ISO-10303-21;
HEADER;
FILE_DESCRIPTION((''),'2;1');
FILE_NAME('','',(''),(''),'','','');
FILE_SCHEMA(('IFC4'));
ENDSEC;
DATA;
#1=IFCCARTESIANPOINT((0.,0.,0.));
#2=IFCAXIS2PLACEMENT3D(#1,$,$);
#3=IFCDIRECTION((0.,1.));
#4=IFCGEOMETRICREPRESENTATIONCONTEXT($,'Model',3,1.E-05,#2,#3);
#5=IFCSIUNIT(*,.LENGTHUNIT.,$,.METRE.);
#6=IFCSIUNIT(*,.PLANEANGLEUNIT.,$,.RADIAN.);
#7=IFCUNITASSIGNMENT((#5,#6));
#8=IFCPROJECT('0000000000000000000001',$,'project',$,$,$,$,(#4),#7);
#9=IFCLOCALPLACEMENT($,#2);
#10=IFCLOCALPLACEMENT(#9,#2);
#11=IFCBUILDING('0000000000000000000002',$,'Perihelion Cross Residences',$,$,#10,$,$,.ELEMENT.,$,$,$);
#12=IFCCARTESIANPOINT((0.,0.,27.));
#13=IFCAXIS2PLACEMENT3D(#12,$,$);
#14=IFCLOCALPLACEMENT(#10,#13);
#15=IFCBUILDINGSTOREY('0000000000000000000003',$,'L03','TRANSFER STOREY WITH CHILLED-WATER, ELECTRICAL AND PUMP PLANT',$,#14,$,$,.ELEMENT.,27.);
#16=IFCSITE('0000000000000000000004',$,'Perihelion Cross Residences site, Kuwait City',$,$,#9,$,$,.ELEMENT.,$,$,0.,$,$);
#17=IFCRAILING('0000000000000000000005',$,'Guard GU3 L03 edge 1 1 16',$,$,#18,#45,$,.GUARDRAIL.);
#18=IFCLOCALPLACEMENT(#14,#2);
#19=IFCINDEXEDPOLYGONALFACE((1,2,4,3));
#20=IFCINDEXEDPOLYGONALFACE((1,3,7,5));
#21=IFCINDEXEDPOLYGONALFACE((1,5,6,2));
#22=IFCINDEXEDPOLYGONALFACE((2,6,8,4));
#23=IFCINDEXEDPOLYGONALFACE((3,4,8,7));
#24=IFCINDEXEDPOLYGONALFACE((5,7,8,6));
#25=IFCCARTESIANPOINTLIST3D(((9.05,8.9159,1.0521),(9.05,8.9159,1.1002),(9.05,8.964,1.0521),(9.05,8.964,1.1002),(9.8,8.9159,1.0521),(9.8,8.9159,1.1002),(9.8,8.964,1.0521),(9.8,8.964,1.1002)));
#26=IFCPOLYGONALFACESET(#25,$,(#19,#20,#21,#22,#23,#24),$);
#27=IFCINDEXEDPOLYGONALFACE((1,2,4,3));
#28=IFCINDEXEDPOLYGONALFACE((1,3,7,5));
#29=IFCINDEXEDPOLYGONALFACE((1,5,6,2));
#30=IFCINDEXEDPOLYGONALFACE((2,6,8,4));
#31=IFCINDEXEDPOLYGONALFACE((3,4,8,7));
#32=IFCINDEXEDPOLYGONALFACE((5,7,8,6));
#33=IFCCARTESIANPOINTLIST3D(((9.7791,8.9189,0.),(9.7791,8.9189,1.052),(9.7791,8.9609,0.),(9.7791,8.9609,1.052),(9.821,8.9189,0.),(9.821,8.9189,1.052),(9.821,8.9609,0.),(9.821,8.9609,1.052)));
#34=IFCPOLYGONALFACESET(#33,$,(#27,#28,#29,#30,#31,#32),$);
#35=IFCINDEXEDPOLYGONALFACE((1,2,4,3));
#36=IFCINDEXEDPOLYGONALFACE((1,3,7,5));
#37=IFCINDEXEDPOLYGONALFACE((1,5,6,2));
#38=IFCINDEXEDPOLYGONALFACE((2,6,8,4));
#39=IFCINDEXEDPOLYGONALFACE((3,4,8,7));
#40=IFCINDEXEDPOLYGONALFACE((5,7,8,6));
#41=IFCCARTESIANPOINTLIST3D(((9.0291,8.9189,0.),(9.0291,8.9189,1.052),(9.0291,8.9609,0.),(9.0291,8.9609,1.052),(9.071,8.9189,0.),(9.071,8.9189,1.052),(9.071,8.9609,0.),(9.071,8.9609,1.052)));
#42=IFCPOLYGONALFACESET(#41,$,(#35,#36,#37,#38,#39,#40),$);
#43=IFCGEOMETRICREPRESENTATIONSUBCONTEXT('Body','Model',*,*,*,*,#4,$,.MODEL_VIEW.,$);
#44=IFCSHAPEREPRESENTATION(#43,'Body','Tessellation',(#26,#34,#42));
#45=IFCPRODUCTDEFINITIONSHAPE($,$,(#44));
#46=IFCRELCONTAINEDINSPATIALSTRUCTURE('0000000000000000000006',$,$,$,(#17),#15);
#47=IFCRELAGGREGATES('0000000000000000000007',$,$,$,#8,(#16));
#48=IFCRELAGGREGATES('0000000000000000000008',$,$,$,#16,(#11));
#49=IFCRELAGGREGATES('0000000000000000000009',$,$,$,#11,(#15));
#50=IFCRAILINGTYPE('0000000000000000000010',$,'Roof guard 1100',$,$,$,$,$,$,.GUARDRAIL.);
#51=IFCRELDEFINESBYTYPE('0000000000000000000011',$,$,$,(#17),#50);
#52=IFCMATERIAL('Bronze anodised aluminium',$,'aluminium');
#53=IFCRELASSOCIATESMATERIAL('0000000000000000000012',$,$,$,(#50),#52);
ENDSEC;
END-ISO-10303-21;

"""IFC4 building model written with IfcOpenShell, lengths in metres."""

from ifc_helpers import new_model, si_unit, direction, frame, origin, origin_2d, place, context, subcontext, project, spatial, rectangle, extrude, material, type_object, element, save


model = new_model("IFC4")

# Units and contexts
model_context = context("Model", 3, precision=1e-05, world=origin(), true_north=direction((0.0, 1.0)))
body_context = subcontext(model_context, "Body", "Model", "MODEL_VIEW")
ifc_project = project(units=[si_unit("LENGTHUNIT", "METRE"), si_unit("PLANEANGLEUNIT", "RADIAN")], contexts=[model_context])

# Site, building, storey
site_placement = place(None, origin())
site = spatial("IfcSite", under=ifc_project, at=site_placement, Name="Perihelion Cross Residences site, Kuwait City", CompositionType="ELEMENT", RefElevation=0.0)
building_placement = place(site_placement, origin())
building = spatial("IfcBuilding", under=site, at=building_placement, Name="Perihelion Cross Residences", CompositionType="ELEMENT")
storey_placement = place(building_placement, frame((0.0, 0.0, 27.0)))
storey = spatial("IfcBuildingStorey", under=building, at=storey_placement, Name="L03", Description="TRANSFER STOREY WITH CHILLED-WATER, ELECTRICAL AND PUMP PLANT", CompositionType="ELEMENT", Elevation=27.0)

# Railing
ifc_material_1 = material(Name="Bronze anodised aluminium", Category="aluminium")
railing_type = type_object("IfcRailingType", Name="Roof guard 1100", PredefinedType="GUARDRAIL", material=ifc_material_1)
railing_placement = place(storey_placement, frame((9.8, 8.9399, 0.0)))
element("IfcRailing", 1, at=railing_placement, inside=storey, type_object=railing_type, Name="Guard GU3 L03 edge 1 1 16", PredefinedType="GUARDRAIL", context=body_context, shape_type="SweptSolid", body=[
    extrude(rectangle(XDim=0.0481, YDim=0.0481, at=origin_2d()), frame((0.0, 0.0, 1.0762), z_axis=(-1.0, 0.0, 0.0), x_axis=(0.0, -1.0, 0.0)), (0.0, 0.0, 1.0), 0.75),
    extrude(rectangle(XDim=0.042, YDim=0.042, at=origin_2d()), origin(), (0.0, 0.0, 1.0), 1.052),
    extrude(rectangle(XDim=0.042, YDim=0.042, at=origin_2d()), frame((-0.75, 0.0, 0.0)), (0.0, 0.0, 1.0), 1.052),
])

save(model, "model.ifc")
